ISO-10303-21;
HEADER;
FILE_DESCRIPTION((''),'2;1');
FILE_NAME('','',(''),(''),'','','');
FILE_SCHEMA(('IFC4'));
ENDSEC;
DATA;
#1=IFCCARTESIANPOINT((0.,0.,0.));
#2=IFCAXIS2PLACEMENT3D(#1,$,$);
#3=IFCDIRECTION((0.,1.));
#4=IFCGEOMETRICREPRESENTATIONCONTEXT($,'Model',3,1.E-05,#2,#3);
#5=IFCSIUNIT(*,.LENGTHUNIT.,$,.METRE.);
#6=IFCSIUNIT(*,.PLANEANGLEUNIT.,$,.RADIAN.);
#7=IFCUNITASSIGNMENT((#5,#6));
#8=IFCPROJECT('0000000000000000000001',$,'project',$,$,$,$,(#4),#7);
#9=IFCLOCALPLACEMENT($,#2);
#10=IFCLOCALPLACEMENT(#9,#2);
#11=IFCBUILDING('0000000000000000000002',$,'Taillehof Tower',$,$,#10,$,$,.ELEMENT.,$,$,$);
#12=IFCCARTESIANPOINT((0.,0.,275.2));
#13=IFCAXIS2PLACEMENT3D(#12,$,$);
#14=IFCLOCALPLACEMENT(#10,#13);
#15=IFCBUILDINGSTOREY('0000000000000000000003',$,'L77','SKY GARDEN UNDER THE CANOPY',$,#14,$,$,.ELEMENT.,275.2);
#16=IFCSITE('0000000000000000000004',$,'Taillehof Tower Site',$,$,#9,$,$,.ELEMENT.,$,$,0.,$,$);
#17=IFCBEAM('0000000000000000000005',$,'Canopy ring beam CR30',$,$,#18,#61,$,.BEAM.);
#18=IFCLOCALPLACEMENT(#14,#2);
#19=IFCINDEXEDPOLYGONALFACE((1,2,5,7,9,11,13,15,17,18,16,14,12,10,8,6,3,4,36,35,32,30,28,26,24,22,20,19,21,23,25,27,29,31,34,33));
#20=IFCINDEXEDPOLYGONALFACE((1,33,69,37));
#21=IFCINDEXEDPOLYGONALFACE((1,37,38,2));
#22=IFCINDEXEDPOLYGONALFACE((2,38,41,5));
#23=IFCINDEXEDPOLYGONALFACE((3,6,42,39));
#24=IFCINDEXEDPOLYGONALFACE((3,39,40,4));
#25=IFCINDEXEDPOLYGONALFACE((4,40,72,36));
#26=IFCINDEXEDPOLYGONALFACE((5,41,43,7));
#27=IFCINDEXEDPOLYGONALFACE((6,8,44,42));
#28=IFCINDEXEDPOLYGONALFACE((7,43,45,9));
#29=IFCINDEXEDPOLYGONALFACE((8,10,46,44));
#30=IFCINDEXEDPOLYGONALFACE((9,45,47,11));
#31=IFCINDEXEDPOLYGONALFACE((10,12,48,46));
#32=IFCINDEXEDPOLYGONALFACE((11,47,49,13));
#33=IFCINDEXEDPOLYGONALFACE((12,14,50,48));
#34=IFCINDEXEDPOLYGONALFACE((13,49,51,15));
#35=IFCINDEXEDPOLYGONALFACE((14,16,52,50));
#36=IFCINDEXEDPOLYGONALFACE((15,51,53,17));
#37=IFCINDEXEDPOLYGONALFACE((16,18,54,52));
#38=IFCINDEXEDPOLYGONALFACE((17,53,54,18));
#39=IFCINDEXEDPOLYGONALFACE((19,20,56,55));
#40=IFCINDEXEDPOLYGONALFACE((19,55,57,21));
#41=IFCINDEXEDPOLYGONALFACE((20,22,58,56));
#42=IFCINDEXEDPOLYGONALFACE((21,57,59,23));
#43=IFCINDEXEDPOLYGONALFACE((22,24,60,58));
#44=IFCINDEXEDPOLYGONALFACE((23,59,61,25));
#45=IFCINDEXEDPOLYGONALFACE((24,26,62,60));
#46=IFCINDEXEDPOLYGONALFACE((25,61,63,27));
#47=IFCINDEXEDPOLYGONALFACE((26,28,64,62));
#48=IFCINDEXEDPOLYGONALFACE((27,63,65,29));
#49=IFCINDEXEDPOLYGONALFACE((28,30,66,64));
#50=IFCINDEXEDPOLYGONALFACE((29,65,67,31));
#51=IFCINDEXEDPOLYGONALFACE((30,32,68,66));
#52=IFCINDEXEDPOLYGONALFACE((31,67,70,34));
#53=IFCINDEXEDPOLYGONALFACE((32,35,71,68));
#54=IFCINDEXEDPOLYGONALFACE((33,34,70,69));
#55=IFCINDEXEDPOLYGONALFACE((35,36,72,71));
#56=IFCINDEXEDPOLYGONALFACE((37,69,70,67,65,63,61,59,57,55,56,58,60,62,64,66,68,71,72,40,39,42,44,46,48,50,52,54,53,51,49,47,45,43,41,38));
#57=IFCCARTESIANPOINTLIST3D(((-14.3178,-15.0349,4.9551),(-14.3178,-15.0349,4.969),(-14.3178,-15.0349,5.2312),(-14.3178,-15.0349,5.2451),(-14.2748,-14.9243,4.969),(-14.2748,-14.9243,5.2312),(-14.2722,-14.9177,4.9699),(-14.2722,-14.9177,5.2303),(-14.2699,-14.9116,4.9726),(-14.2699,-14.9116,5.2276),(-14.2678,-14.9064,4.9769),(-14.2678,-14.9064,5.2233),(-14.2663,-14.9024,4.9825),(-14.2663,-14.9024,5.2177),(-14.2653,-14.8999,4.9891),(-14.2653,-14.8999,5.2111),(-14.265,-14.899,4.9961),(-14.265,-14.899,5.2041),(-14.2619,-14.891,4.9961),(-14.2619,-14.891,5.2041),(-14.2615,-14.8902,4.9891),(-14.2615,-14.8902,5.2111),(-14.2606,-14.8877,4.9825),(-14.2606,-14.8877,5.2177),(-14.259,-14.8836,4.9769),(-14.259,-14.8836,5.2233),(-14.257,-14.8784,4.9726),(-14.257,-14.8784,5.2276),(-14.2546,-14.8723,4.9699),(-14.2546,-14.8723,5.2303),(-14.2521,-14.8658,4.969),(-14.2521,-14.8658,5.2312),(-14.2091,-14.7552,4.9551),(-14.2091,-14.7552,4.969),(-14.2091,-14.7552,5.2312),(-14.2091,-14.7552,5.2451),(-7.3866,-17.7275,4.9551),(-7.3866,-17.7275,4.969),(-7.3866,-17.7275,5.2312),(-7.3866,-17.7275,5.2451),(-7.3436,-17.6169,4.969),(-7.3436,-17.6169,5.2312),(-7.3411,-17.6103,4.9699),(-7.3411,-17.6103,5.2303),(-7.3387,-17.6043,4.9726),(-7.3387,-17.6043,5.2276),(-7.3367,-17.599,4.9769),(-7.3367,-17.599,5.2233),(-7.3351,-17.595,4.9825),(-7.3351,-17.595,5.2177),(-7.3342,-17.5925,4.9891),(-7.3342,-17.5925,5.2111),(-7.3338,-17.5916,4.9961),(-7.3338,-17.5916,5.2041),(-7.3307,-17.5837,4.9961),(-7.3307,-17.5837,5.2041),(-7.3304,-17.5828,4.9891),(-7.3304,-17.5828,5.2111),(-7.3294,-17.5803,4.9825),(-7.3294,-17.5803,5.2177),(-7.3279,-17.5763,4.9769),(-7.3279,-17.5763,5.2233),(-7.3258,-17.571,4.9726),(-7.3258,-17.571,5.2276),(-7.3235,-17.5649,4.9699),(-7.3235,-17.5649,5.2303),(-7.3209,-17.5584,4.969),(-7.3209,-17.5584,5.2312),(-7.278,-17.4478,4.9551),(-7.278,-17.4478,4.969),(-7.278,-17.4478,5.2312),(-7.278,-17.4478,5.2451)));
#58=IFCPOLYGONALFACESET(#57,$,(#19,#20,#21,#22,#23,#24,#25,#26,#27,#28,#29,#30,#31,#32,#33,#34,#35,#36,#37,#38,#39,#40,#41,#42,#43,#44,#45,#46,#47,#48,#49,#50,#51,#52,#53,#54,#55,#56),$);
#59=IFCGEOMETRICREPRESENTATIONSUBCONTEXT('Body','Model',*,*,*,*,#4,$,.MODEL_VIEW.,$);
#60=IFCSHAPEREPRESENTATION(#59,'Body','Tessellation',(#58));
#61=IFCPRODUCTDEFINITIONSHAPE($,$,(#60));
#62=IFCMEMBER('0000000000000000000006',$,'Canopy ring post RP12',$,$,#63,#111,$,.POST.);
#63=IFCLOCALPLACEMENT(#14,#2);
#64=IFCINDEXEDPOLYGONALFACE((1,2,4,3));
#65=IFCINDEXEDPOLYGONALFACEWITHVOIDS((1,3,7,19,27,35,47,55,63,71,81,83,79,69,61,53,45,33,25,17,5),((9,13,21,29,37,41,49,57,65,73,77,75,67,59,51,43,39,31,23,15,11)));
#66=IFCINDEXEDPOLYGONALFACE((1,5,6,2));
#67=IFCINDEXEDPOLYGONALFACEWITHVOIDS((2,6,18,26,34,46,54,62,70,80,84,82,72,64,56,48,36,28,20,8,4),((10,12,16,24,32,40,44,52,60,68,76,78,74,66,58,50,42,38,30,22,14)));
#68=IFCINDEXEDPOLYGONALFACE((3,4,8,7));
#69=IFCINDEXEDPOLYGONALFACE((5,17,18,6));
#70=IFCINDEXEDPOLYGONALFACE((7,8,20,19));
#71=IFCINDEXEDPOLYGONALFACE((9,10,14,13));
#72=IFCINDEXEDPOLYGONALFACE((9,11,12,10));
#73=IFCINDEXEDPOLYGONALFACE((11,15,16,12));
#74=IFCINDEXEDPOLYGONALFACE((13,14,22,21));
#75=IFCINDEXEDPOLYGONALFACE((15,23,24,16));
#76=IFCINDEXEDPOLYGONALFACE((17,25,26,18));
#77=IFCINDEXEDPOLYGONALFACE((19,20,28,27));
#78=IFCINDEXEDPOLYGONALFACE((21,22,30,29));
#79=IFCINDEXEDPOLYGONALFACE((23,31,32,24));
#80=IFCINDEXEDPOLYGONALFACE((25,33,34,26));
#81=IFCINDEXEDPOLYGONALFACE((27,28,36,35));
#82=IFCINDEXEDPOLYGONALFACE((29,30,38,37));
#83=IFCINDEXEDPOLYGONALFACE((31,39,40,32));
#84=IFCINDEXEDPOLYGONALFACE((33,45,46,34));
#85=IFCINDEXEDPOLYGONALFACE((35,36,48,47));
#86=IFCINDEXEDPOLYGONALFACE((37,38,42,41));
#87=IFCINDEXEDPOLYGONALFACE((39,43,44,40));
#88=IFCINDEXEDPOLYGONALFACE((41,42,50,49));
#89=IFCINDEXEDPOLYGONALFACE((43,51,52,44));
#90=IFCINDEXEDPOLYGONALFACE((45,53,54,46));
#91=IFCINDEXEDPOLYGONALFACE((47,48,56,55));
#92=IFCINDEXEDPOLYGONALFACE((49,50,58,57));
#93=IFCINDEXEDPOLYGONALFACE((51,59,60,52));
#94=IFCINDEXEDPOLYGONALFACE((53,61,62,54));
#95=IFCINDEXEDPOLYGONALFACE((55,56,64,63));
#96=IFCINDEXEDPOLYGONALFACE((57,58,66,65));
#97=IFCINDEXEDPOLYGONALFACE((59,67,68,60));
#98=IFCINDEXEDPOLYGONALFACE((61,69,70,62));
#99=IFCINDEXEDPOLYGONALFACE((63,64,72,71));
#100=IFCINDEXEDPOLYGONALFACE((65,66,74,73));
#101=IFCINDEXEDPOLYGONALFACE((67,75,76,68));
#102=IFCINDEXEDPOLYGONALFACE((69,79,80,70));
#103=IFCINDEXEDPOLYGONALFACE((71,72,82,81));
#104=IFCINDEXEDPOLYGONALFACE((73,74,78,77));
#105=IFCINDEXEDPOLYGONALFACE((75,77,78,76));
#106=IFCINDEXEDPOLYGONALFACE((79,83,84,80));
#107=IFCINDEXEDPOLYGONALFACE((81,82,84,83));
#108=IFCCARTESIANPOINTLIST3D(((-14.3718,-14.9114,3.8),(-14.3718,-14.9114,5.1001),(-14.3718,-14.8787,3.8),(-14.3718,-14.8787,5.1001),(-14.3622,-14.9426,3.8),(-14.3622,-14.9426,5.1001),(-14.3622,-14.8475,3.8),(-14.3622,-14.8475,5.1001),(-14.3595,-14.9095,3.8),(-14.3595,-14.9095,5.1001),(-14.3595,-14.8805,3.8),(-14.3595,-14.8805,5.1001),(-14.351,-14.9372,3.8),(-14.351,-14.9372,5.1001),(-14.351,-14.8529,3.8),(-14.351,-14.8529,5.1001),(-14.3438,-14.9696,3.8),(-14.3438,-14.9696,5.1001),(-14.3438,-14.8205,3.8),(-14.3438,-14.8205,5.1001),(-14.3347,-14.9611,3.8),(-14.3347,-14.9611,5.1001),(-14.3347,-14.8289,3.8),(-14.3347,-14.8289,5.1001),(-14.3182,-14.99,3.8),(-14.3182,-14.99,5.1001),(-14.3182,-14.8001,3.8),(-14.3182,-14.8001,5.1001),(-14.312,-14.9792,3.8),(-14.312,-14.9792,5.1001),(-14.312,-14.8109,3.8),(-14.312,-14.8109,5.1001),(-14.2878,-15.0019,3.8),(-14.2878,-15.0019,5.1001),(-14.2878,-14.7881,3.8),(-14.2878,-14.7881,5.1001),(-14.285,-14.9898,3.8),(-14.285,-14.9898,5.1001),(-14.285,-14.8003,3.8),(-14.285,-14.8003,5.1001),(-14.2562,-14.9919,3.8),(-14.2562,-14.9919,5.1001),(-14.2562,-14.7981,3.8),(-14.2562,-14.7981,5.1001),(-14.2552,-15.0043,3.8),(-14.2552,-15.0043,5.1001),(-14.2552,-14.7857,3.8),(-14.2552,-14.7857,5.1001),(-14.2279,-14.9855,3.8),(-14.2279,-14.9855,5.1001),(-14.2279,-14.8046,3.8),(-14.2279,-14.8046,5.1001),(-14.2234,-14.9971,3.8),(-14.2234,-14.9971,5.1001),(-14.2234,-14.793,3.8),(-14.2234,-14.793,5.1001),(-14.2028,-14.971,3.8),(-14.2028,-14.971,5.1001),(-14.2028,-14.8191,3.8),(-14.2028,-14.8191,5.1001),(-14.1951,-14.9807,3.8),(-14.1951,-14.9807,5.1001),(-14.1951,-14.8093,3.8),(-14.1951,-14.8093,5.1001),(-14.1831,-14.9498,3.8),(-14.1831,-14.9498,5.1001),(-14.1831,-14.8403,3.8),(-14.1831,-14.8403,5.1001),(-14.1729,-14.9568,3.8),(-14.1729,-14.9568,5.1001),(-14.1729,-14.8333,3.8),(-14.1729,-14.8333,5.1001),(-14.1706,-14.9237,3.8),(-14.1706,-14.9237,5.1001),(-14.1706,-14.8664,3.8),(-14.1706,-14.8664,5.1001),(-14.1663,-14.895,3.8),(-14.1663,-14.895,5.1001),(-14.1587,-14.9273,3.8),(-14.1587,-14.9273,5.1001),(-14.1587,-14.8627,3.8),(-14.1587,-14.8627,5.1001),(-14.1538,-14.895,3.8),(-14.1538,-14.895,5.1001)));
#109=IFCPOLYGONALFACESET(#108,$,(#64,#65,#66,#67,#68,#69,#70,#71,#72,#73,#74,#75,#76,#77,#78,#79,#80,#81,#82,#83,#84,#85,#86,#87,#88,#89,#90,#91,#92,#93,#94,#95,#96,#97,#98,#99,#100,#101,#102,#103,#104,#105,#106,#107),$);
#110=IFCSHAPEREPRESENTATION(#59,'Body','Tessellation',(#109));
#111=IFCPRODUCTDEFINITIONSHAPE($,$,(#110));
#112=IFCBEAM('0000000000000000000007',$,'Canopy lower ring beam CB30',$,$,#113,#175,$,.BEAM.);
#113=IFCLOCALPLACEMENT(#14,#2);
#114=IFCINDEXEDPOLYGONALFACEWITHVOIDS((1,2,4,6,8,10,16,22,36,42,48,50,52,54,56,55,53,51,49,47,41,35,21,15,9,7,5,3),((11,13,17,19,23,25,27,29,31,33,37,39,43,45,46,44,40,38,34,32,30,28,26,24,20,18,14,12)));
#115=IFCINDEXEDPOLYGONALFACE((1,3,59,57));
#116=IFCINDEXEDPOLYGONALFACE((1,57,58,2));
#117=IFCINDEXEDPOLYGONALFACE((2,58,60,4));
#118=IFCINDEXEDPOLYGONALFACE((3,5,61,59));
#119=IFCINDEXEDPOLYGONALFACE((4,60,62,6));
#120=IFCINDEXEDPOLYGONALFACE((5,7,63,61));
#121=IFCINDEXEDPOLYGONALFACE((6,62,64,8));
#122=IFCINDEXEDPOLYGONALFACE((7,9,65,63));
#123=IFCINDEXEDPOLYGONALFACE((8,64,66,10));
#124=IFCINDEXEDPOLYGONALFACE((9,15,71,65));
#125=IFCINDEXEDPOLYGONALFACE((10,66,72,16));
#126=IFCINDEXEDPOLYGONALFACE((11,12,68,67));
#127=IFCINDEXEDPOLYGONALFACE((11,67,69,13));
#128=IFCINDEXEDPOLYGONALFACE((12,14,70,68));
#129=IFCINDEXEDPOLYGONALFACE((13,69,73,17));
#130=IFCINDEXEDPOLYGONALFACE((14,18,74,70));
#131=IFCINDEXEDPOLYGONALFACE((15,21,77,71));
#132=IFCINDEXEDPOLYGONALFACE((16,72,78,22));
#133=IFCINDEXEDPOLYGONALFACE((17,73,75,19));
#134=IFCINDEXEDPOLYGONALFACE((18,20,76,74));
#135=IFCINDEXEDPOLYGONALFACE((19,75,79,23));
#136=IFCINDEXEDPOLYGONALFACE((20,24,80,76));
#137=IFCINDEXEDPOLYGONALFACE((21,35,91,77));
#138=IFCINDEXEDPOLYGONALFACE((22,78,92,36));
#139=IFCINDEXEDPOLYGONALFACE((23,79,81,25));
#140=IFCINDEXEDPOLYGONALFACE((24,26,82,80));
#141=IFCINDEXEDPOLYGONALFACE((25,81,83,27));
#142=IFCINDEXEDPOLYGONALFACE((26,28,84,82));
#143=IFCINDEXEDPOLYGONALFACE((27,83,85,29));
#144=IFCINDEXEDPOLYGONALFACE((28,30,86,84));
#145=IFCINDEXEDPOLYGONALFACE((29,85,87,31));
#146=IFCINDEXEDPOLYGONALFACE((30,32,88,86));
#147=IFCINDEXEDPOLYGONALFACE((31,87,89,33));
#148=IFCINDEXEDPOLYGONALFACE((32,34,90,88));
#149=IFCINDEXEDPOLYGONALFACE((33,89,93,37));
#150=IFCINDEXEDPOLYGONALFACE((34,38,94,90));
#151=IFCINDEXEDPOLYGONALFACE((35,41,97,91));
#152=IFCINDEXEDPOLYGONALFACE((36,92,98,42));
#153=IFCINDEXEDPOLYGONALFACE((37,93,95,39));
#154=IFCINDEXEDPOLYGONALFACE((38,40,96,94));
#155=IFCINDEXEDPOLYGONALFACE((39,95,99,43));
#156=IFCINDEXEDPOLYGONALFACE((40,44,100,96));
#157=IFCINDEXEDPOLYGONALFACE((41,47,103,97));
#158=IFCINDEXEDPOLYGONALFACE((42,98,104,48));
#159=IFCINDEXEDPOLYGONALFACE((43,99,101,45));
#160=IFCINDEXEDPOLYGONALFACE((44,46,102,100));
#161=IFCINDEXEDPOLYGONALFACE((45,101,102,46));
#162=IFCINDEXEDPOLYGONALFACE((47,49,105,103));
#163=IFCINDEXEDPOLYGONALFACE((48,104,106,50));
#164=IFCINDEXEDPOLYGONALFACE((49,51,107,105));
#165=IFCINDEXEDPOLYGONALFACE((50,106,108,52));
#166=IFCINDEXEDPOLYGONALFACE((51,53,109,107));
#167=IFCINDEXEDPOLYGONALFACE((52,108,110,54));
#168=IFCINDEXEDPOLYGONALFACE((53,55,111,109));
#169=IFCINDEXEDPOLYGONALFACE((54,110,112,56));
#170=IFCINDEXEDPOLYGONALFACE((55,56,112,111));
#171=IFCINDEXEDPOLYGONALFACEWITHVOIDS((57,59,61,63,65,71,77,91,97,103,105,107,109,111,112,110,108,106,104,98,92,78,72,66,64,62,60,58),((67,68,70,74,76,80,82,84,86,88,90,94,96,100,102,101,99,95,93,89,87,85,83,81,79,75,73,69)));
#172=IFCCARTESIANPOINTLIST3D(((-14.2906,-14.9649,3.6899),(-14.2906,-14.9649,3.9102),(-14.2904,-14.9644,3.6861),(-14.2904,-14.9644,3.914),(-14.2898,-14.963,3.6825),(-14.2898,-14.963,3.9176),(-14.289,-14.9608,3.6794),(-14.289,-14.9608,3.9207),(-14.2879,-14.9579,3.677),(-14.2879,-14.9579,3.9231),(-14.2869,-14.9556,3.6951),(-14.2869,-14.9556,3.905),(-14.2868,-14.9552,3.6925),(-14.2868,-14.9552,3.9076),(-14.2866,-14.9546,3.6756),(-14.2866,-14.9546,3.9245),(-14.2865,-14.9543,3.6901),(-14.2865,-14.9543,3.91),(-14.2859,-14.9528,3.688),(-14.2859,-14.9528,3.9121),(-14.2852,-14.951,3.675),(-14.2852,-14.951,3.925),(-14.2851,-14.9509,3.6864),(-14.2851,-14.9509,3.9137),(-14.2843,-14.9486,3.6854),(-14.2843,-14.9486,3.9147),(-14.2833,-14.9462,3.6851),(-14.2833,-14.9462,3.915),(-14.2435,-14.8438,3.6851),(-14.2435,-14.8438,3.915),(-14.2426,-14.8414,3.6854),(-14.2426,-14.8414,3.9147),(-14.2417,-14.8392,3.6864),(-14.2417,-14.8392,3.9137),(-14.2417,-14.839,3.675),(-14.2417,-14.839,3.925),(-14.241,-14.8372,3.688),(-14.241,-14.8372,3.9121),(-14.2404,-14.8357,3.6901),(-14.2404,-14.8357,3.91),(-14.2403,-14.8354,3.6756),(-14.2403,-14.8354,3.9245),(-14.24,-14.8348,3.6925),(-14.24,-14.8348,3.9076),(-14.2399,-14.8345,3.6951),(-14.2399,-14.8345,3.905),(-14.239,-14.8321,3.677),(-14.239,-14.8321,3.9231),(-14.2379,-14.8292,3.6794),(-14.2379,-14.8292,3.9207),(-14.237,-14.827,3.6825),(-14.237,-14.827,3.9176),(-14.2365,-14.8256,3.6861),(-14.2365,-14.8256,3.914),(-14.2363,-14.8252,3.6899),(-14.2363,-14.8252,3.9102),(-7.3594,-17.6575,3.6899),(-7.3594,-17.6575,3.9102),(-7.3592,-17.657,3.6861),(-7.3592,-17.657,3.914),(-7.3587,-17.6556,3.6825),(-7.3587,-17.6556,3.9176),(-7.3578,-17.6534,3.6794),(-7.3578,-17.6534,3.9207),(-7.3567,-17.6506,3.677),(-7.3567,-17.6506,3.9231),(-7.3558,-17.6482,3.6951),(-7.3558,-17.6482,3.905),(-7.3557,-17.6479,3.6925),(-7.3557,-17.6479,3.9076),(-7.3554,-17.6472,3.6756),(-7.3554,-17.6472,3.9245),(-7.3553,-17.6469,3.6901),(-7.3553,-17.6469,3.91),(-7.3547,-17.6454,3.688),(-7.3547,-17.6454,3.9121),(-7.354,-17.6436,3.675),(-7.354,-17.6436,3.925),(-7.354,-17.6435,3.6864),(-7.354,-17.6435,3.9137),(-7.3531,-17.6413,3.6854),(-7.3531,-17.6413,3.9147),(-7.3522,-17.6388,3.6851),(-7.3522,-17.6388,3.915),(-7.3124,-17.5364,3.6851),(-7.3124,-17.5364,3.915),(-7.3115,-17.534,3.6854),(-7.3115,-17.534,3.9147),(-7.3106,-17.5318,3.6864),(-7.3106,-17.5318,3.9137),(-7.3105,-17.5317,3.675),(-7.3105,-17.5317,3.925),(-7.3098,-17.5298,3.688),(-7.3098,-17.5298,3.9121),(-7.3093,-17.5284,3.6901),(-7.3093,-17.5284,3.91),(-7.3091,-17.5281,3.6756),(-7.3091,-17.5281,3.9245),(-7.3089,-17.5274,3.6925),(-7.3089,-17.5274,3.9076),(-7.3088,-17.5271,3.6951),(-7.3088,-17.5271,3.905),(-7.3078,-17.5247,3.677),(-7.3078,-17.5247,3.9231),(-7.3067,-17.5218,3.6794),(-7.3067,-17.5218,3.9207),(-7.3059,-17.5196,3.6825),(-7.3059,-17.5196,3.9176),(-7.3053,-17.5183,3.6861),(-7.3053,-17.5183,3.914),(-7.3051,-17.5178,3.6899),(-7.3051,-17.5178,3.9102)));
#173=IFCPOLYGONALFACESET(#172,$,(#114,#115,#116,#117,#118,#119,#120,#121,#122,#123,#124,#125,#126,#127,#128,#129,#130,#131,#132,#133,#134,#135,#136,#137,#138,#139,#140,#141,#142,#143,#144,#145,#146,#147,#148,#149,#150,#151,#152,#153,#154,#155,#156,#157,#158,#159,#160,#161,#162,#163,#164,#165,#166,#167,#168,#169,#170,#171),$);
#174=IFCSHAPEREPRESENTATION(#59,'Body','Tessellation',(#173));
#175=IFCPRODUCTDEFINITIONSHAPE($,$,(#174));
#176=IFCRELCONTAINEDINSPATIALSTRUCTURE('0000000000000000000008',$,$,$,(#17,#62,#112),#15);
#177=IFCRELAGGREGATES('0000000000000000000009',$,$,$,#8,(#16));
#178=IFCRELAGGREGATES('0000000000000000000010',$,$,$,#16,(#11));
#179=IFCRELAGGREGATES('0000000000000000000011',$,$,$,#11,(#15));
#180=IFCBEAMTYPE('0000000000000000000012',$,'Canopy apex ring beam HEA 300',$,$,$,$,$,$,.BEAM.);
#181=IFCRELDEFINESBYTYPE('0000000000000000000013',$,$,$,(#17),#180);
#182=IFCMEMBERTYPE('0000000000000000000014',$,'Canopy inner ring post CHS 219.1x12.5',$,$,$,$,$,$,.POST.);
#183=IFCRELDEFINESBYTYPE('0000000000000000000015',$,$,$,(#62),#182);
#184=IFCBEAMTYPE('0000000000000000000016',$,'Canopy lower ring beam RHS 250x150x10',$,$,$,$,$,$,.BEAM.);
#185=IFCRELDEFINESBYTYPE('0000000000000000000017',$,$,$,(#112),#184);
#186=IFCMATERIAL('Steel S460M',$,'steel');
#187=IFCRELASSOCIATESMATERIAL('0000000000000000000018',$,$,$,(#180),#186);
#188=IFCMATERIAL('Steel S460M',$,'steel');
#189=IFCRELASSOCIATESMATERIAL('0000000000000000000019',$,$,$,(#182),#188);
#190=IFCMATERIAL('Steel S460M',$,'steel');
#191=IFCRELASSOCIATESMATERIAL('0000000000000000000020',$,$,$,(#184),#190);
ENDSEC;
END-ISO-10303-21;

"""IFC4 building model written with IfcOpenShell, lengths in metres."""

from ifc_helpers import new_model, si_unit, direction, frame, origin, origin_2d, place, context, subcontext, project, spatial, hollow_rectangle, hollow_circle, i_section, extrude, material, material_profile, profile_set, type_object, element, save


model = new_model("IFC4")

# Units and contexts
model_context = context("Model", 3, precision=1e-05, world=origin(), true_north=direction((0.0, 1.0)))
body_context = subcontext(model_context, "Body", "Model", "MODEL_VIEW")
ifc_project = project(units=[si_unit("LENGTHUNIT", "METRE"), si_unit("PLANEANGLEUNIT", "RADIAN")], contexts=[model_context])

# Site, building, storey
site_placement = place(None, origin())
site = spatial("IfcSite", under=ifc_project, at=site_placement, Name="Taillehof Tower Site", CompositionType="ELEMENT", RefElevation=0.0)
building_placement = place(site_placement, origin())
building = spatial("IfcBuilding", under=site, at=building_placement, Name="Taillehof Tower", CompositionType="ELEMENT")
storey_placement = place(building_placement, frame((0.0, 0.0, 275.2)))
storey = spatial("IfcBuildingStorey", under=building, at=storey_placement, Name="L77", Description="SKY GARDEN UNDER THE CANOPY", CompositionType="ELEMENT", Elevation=275.2)

# Beam
ifc_material_1 = material(Name="Steel S460M", Category="steel")
ifc_material_profile_1 = material_profile(ifc_material_1, i_section(OverallWidth=0.3, OverallDepth=0.29, WebThickness=0.0085, FlangeThickness=0.0139, FilletRadius=0.0271, at=origin_2d()), Name="HEA 300")
ifc_profile_set_1 = profile_set([ifc_material_profile_1], Name="Steel S460M")
beam_type_1 = type_object("IfcBeamType", Name="Canopy apex ring beam HEA 300", PredefinedType="BEAM", material=ifc_profile_set_1)
beam_1_placement = place(storey_placement, frame((-14.2634, -14.895, 5.1001), z_axis=(0.932133, -0.362117, 0.0), x_axis=(0.362117, 0.932133, 0.0)))
element("IfcBeam", 1, at=beam_1_placement, inside=storey, type_object=beam_type_1, Name="Canopy ring beam CR30", PredefinedType="BEAM", context=body_context, shape_type="SweptSolid", body=[
    extrude(i_section(OverallWidth=0.3, OverallDepth=0.29, WebThickness=0.0085, FlangeThickness=0.0139, FilletRadius=0.0271, at=origin_2d()), origin(), (0.0, 0.0, 1.0), 7.4358),
])

# Member
ifc_material_2 = material(Name="Steel S460M", Category="steel")
ifc_material_profile_2 = material_profile(ifc_material_2, hollow_circle(Radius=0.1096, WallThickness=0.0125, at=origin_2d()), Name="CHS 219.1x12.5")
ifc_profile_set_2 = profile_set([ifc_material_profile_2], Name="Steel S460M")
member_type_1 = type_object("IfcMemberType", Name="Canopy inner ring post CHS 219.1x12.5", PredefinedType="POST", material=ifc_profile_set_2)
member_1_placement = place(storey_placement, frame((-14.2634, -14.895, 3.8), z_axis=(0.0, 0.0, 1.0), x_axis=(1.0, 0.0, 0.0)))
element("IfcMember", 2, at=member_1_placement, inside=storey, type_object=member_type_1, Name="Canopy ring post RP12", PredefinedType="POST", context=body_context, shape_type="SweptSolid", body=[
    extrude(hollow_circle(Radius=0.1096, WallThickness=0.0125, at=origin_2d()), origin(), (0.0, 0.0, 1.0), 1.3),
])

# Beam
ifc_material_3 = material(Name="Steel S460M", Category="steel")
ifc_material_profile_3 = material_profile(ifc_material_3, hollow_rectangle(XDim=0.1499, YDim=0.25, WallThickness=0.01, InnerFilletRadius=0.01, OuterFilletRadius=0.0149, at=origin_2d()), Name="RHS 250x150x10")
ifc_profile_set_3 = profile_set([ifc_material_profile_3], Name="Steel S460M")
beam_type_2 = type_object("IfcBeamType", Name="Canopy lower ring beam RHS 250x150x10", PredefinedType="BEAM", material=ifc_profile_set_3)
beam_2_placement = place(storey_placement, frame((-14.2634, -14.895, 3.8), z_axis=(0.932133, -0.362117, 0.0), x_axis=(0.362117, 0.932133, 0.0)))
element("IfcBeam", 3, at=beam_2_placement, inside=storey, type_object=beam_type_2, Name="Canopy lower ring beam CB30", PredefinedType="BEAM", context=body_context, shape_type="SweptSolid", body=[
    extrude(hollow_rectangle(XDim=0.1499, YDim=0.25, WallThickness=0.01, InnerFilletRadius=0.01, OuterFilletRadius=0.0149, at=origin_2d()), origin(), (0.0, 0.0, 1.0), 7.4358),
])

save(model, "model.ifc")
